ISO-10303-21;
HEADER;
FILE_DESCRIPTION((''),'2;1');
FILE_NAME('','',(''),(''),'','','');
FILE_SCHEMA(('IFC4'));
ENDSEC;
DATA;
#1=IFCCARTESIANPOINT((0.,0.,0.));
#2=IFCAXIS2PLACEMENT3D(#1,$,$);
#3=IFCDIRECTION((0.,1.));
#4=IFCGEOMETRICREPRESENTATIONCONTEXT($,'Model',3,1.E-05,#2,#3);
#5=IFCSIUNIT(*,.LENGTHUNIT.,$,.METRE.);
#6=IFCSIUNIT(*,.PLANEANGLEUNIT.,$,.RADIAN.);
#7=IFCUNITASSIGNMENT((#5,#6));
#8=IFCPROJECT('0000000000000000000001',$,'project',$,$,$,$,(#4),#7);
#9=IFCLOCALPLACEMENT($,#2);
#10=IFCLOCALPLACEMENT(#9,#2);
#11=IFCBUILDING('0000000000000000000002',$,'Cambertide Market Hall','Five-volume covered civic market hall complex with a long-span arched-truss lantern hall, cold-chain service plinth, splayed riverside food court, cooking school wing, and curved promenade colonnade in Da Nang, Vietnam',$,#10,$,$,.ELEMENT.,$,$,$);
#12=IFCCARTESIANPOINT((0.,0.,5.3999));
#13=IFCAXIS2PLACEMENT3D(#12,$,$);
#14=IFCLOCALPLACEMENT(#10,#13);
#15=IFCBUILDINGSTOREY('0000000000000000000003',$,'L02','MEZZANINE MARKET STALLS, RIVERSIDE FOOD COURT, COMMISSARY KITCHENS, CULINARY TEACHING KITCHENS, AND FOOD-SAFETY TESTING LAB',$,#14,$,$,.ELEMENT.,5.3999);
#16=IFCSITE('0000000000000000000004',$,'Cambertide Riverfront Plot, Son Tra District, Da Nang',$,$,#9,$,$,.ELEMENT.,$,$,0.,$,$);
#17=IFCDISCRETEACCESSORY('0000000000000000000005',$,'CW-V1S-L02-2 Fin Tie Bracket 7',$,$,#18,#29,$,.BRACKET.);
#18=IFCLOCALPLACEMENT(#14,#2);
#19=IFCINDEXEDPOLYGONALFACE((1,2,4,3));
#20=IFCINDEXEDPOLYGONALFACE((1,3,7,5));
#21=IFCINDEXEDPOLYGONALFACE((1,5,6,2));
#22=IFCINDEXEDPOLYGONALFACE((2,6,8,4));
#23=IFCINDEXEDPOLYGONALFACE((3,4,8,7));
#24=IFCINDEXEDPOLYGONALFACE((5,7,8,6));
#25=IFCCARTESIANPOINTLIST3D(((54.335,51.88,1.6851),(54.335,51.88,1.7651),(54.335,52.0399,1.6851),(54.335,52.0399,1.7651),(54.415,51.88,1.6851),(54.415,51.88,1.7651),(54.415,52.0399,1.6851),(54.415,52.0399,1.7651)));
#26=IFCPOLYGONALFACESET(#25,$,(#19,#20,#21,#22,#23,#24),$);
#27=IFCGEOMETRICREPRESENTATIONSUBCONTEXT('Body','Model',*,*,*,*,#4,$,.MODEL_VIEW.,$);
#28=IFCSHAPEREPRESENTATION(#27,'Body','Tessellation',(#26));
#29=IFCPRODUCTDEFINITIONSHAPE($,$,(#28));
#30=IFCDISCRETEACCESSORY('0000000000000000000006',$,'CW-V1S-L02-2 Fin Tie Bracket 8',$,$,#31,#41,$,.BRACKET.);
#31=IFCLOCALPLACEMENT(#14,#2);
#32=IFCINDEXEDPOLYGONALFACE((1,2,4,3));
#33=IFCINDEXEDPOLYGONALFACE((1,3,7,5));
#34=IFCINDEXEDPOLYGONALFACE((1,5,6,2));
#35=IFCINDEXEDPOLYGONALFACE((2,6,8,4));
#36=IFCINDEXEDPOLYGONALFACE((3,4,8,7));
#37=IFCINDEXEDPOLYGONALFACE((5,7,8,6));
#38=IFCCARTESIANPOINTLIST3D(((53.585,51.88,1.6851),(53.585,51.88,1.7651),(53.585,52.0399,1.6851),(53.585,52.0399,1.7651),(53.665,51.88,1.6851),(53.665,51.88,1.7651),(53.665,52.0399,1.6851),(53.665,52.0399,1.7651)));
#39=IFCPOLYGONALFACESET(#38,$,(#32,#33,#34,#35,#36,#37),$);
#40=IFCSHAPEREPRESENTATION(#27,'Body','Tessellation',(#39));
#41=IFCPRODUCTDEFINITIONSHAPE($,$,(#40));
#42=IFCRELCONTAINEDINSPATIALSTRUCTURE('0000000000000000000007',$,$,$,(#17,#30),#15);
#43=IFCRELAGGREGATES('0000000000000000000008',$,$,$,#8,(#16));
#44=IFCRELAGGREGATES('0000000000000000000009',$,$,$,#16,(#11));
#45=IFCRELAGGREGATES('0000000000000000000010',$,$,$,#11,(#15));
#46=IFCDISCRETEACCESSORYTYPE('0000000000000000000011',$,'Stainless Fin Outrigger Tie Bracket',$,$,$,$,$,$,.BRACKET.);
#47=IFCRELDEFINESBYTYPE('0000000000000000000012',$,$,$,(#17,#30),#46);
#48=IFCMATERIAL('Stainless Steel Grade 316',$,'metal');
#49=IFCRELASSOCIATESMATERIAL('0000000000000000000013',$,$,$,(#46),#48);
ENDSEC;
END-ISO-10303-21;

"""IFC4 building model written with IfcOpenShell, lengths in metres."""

from ifc_helpers import new_model, si_unit, direction, frame, origin, origin_2d, place, context, subcontext, project, spatial, rectangle, extrude, material, type_object, element, save


model = new_model("IFC4")

# Units and contexts
model_context = context("Model", 3, precision=1e-05, world=origin(), true_north=direction((0.0, 1.0)))
body_context = subcontext(model_context, "Body", "Model", "MODEL_VIEW")
ifc_project = project(units=[si_unit("LENGTHUNIT", "METRE"), si_unit("PLANEANGLEUNIT", "RADIAN")], contexts=[model_context])

# Site, building, storey
site_placement = place(None, origin())
site = spatial("IfcSite", under=ifc_project, at=site_placement, Name="Cambertide Riverfront Plot, Son Tra District, Da Nang", CompositionType="ELEMENT", RefElevation=0.0)
building_placement = place(site_placement, origin())
building = spatial("IfcBuilding", under=site, at=building_placement, Name="Cambertide Market Hall", Description="Five-volume covered civic market hall complex with a long-span arched-truss lantern hall, cold-chain service plinth, splayed riverside food court, cooking school wing, and curved promenade colonnade in Da Nang, Vietnam", CompositionType="ELEMENT")
storey_placement = place(building_placement, frame((0.0, 0.0, 5.3999)))
storey = spatial("IfcBuildingStorey", under=building, at=storey_placement, Name="L02", Description="MEZZANINE MARKET STALLS, RIVERSIDE FOOD COURT, COMMISSARY KITCHENS, CULINARY TEACHING KITCHENS, AND FOOD-SAFETY TESTING LAB", CompositionType="ELEMENT", Elevation=5.3999)

# Discrete accessories
ifc_material_1 = material(Name="Stainless Steel Grade 316", Category="metal")
discrete_accessory_type = type_object("IfcDiscreteAccessoryType", Name="Stainless Fin Outrigger Tie Bracket", PredefinedType="BRACKET", material=ifc_material_1)
for number, where, z_axis, x_axis, name in (
    (1, (54.375, 51.96, 1.6851), (0.0, 0.0, 1.0), (-1.0, 0.0, 0.0), "CW-V1S-L02-2 Fin Tie Bracket 7"),
    (2, (53.625, 51.96, 1.6851), (0.0, 0.0, 1.0), (-1.0, 0.0, 0.0), "CW-V1S-L02-2 Fin Tie Bracket 8"),
):
    element("IfcDiscreteAccessory", number, at=place(storey_placement, frame(where, z_axis=z_axis, x_axis=x_axis)), inside=storey, type_object=discrete_accessory_type, Name=name, PredefinedType="BRACKET", context=body_context, shape_type="SweptSolid", body=[
        extrude(rectangle(XDim=0.0801, YDim=0.1599, at=origin_2d()), origin(), (0.0, 0.0, 1.0), 0.0801),
    ])

save(model, "model.ifc")
